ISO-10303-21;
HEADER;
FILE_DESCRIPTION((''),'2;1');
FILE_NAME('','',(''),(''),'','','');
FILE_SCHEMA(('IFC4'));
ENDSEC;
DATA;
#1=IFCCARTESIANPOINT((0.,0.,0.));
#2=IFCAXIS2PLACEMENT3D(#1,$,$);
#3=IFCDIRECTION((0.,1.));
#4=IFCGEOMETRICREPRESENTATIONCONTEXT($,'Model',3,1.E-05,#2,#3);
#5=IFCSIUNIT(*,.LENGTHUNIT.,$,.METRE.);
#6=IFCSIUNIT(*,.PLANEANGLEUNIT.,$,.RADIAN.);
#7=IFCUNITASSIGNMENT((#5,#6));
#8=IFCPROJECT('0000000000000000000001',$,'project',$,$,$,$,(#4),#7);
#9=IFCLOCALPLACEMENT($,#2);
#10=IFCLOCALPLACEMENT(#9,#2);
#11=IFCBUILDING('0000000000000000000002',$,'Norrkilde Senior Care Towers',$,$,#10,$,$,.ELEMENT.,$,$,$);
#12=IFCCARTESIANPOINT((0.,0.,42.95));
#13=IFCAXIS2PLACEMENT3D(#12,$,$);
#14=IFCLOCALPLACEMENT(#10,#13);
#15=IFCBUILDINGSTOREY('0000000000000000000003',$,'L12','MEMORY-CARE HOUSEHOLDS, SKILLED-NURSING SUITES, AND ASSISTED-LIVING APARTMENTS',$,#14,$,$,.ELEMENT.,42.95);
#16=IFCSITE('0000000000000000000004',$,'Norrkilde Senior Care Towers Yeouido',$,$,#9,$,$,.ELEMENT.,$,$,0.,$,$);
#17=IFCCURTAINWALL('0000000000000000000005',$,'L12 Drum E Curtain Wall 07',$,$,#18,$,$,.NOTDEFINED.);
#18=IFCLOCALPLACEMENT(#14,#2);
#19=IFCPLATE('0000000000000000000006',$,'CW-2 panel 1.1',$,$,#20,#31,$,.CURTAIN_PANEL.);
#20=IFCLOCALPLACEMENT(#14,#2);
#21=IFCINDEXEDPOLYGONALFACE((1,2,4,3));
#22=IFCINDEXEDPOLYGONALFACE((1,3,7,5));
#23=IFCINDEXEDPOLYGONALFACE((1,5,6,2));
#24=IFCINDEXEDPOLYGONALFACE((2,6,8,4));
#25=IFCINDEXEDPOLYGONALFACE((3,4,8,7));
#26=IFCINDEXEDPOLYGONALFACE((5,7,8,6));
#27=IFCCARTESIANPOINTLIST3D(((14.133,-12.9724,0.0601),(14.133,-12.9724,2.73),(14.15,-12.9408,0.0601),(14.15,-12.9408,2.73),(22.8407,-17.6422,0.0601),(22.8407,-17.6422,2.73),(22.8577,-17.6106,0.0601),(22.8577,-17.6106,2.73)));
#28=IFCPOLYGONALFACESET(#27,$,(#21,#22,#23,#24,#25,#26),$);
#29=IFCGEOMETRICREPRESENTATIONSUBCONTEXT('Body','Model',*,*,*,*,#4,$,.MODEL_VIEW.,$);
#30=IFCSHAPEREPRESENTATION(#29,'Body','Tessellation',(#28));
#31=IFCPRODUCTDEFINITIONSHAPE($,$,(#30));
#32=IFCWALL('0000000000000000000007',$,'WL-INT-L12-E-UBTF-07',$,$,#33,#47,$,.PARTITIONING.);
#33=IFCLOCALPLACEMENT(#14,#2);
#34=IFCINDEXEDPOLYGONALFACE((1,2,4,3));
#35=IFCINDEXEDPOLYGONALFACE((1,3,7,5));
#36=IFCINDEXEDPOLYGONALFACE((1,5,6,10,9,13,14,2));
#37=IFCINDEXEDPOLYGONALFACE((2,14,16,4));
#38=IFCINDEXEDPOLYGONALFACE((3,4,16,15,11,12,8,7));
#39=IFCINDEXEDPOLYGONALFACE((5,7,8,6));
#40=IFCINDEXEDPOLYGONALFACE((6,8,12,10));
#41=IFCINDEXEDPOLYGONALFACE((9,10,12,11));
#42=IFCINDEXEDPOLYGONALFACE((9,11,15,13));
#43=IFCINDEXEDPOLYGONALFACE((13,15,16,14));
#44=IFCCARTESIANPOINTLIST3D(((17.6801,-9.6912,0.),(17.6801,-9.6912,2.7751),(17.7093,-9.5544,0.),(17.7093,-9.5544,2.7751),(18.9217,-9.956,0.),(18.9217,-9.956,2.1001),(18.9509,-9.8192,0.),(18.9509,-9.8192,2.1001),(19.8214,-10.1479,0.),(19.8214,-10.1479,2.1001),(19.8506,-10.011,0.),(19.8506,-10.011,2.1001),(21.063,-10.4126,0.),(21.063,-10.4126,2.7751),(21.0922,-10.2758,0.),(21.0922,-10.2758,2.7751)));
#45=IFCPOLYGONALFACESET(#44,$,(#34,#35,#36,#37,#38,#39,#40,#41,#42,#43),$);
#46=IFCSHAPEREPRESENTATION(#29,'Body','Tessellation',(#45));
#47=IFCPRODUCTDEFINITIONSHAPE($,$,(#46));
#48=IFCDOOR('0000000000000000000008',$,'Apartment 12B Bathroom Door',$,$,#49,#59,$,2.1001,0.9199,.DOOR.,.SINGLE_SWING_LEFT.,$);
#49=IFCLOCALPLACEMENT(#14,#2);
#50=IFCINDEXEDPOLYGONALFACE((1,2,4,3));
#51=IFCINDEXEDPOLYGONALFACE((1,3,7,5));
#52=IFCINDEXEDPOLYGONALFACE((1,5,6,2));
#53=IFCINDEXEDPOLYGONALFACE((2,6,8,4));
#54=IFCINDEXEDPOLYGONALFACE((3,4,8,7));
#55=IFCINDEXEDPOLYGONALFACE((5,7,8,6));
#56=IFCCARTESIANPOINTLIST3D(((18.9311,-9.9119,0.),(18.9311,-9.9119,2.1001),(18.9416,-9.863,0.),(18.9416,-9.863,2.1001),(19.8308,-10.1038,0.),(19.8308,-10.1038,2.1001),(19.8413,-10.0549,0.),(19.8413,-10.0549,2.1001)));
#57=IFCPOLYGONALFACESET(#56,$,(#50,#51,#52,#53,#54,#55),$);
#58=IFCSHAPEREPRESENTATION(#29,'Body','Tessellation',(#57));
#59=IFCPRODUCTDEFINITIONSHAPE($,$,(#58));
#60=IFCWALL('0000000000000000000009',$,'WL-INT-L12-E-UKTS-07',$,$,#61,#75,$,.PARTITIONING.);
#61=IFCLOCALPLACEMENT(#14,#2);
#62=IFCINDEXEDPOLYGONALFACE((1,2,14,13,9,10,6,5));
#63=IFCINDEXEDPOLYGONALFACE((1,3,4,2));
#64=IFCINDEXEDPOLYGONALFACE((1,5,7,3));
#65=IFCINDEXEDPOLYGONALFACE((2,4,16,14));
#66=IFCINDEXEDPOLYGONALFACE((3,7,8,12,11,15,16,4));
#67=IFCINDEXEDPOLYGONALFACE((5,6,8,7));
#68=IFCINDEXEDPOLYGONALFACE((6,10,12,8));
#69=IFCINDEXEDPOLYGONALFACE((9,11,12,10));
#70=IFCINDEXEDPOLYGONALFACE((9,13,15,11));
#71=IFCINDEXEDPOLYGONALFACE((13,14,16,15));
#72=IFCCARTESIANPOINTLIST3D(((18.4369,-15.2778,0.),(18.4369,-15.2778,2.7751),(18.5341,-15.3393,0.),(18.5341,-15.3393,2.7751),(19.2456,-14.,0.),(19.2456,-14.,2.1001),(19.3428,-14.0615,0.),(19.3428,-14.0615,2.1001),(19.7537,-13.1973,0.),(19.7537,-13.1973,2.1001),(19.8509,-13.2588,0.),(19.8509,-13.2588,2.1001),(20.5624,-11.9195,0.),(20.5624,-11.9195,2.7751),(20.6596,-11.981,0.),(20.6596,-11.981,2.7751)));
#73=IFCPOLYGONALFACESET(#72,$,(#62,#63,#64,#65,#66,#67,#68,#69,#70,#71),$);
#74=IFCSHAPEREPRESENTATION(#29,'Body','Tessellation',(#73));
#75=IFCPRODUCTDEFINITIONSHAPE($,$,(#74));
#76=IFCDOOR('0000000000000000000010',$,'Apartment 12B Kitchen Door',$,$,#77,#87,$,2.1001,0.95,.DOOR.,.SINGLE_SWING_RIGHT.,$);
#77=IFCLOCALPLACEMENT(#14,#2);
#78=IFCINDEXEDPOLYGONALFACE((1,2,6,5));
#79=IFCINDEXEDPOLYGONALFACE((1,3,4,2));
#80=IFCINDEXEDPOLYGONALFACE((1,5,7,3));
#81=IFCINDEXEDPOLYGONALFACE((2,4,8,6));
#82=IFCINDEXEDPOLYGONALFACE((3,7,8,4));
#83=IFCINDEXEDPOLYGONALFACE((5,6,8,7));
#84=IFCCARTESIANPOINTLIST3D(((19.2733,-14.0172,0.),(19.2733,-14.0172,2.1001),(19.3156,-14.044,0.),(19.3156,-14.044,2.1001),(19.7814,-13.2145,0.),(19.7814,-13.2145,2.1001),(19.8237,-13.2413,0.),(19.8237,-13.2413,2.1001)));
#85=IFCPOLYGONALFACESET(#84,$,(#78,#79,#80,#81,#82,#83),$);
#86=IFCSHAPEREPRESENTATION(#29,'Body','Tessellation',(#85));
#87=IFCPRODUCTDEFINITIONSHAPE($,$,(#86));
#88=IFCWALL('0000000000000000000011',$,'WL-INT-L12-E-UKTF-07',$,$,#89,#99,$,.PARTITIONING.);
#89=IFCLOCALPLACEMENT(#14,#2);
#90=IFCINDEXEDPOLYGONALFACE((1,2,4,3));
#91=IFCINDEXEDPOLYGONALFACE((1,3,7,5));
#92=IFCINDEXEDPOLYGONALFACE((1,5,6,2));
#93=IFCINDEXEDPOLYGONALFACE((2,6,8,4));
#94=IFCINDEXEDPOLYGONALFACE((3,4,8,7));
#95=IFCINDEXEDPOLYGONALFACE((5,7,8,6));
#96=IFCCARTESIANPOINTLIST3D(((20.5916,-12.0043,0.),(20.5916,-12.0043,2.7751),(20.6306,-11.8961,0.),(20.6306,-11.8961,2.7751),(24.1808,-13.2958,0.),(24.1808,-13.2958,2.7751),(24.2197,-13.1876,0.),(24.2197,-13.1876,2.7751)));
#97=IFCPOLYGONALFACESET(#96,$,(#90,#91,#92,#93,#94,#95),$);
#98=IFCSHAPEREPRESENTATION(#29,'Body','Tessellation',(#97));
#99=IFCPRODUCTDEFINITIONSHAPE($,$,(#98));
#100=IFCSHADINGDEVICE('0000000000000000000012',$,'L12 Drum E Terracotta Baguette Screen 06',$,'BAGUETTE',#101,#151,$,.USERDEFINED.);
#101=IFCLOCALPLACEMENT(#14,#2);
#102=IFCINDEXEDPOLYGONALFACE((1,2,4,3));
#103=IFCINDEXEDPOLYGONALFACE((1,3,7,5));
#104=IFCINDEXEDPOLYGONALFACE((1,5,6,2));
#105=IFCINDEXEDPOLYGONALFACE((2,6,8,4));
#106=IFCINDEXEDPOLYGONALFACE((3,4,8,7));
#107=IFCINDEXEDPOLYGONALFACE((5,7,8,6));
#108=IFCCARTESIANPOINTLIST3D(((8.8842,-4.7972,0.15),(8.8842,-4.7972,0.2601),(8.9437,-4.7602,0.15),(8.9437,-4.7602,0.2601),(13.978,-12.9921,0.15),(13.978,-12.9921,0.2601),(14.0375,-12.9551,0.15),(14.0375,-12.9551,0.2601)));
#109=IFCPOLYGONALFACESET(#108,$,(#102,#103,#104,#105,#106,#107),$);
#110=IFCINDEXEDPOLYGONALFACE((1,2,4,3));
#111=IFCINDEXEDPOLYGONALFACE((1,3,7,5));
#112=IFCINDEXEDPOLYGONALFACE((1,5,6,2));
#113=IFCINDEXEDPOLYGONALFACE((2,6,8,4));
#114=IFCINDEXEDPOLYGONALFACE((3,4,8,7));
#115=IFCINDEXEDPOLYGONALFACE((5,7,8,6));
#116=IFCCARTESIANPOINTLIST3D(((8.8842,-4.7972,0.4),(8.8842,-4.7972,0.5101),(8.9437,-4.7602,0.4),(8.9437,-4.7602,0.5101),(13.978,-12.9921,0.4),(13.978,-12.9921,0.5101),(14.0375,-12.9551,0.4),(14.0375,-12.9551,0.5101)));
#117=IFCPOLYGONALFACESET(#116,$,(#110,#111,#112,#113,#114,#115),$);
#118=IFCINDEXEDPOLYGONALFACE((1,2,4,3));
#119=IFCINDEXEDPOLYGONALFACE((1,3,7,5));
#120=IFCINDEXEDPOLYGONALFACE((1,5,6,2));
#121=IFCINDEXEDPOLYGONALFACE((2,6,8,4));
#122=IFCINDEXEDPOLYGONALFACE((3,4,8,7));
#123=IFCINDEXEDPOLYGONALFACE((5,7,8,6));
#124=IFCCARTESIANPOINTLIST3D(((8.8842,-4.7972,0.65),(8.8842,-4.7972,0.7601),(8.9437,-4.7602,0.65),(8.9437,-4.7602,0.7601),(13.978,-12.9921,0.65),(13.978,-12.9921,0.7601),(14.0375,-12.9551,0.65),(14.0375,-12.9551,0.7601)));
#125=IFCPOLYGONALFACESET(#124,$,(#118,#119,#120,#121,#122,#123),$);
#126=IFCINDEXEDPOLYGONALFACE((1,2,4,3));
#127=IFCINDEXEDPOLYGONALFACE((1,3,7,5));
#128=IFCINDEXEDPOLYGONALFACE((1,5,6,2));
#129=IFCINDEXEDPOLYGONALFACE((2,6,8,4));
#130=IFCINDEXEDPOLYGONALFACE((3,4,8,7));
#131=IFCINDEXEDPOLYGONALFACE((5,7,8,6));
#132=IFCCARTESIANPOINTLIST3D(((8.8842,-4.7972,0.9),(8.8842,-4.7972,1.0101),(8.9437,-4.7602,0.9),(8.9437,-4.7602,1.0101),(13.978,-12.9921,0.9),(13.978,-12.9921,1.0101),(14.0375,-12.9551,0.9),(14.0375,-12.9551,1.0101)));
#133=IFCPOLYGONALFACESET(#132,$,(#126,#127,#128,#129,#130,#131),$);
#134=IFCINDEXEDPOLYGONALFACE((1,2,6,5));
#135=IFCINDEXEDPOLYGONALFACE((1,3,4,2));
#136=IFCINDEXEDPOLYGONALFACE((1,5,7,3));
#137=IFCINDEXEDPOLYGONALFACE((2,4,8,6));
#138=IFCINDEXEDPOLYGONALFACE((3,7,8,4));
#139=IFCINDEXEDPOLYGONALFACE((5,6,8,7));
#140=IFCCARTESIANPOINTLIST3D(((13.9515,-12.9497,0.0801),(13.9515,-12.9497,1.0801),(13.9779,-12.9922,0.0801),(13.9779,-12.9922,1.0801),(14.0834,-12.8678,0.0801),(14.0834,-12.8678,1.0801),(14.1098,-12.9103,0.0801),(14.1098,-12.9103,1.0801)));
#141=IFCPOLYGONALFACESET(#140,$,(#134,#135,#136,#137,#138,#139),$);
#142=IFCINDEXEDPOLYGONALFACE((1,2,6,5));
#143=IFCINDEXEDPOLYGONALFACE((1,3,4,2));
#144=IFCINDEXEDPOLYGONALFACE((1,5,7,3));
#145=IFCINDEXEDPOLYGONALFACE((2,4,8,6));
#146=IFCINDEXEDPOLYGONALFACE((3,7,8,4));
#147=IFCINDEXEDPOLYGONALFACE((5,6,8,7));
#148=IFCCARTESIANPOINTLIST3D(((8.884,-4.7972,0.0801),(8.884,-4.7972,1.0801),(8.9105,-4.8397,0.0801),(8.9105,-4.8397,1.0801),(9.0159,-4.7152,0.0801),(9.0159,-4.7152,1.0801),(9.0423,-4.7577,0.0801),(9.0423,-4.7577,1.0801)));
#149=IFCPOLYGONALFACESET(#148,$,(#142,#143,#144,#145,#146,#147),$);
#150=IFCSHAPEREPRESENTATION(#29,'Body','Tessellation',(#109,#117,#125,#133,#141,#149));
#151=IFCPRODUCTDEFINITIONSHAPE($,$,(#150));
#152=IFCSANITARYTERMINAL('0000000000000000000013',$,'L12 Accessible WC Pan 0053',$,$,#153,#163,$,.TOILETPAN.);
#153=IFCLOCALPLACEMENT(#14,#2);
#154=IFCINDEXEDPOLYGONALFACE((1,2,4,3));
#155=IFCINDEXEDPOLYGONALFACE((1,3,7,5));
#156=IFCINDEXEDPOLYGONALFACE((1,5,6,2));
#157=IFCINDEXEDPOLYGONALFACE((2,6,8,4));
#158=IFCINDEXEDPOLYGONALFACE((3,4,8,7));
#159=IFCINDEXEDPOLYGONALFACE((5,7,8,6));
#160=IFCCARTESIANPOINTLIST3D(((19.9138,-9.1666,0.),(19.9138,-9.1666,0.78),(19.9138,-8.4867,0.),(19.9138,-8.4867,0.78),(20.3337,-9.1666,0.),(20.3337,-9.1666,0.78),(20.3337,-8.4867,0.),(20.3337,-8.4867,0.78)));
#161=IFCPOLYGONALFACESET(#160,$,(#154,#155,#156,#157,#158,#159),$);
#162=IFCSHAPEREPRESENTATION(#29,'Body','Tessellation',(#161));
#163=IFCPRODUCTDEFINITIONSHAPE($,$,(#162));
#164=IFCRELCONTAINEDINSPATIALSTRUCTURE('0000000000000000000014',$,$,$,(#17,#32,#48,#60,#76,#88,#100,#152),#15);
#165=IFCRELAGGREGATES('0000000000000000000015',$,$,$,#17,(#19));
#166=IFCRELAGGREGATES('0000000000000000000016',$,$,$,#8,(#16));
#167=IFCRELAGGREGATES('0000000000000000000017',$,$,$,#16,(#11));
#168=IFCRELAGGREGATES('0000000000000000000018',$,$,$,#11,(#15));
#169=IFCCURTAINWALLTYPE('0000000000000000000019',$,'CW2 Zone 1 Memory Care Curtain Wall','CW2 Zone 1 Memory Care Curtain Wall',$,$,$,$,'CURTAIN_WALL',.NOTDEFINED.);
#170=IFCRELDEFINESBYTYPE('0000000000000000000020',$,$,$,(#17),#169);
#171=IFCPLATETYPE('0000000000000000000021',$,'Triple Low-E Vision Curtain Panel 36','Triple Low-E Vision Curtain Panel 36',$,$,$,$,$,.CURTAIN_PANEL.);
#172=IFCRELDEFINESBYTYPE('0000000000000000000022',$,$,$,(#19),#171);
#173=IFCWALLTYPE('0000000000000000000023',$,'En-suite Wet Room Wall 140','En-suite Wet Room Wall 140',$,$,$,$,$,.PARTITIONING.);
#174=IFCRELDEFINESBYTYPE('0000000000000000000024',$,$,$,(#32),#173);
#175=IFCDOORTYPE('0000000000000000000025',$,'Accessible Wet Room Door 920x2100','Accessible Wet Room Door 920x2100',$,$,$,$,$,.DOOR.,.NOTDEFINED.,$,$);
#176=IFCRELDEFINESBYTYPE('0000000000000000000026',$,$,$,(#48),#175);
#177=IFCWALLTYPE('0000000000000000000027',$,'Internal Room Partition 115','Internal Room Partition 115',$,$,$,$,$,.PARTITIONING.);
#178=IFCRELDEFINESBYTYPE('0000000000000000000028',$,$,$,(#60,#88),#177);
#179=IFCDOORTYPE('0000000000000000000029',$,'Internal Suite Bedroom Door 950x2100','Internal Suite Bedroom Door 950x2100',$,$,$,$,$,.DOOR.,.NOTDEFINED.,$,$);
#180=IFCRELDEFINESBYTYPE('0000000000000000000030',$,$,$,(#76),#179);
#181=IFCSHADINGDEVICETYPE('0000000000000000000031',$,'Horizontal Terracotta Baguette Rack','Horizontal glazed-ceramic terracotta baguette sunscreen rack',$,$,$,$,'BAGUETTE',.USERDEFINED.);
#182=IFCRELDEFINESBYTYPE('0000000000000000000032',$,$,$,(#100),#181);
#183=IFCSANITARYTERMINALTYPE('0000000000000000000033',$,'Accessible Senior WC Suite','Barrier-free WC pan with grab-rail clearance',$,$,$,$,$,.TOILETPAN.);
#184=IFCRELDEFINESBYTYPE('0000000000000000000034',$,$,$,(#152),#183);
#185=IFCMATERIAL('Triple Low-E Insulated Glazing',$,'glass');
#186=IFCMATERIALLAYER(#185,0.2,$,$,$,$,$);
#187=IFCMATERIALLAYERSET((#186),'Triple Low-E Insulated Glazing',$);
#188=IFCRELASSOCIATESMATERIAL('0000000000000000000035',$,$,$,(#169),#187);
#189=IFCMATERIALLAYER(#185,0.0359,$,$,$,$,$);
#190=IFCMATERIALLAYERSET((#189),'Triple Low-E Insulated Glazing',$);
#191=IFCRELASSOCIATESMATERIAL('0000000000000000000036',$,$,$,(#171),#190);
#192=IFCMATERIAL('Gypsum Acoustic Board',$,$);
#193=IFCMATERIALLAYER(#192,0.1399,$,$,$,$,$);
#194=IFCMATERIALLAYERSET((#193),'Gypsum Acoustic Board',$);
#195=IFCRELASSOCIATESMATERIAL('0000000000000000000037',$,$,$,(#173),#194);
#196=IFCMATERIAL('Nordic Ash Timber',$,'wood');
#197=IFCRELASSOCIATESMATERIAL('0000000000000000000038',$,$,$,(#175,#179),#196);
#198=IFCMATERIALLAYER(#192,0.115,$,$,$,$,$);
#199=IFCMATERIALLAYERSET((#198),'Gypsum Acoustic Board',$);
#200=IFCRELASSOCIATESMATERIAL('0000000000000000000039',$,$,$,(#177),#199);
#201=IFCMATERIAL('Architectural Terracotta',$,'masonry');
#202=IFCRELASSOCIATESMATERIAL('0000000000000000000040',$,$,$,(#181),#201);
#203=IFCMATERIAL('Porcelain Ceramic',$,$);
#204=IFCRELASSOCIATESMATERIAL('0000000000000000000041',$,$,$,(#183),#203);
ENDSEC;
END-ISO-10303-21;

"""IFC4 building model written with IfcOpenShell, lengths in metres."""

from ifc_helpers import new_model, si_unit, direction, frame, frame_2d, origin, origin_2d, place, context, subcontext, project, spatial, rectangle, extrude, source, transform, mapped, material, layer, layer_set, type_object, type_shapes, element, fill, aggregate, save


model = new_model("IFC4")

# Units and contexts
model_context = context("Model", 3, precision=1e-05, world=origin(), true_north=direction((0.0, 1.0)))
body_context = subcontext(model_context, "Body", "Model", "MODEL_VIEW")
ifc_project = project(units=[si_unit("LENGTHUNIT", "METRE"), si_unit("PLANEANGLEUNIT", "RADIAN")], contexts=[model_context])

# Site, building, storey
site_placement = place(None, origin())
site = spatial("IfcSite", under=ifc_project, at=site_placement, Name="Norrkilde Senior Care Towers Yeouido", CompositionType="ELEMENT", RefElevation=0.0)
building_placement = place(site_placement, origin())
building = spatial("IfcBuilding", under=site, at=building_placement, Name="Norrkilde Senior Care Towers", CompositionType="ELEMENT")
storey_placement = place(building_placement, frame((0.0, 0.0, 42.95)))
storey = spatial("IfcBuildingStorey", under=building, at=storey_placement, Name="L12", Description="MEMORY-CARE HOUSEHOLDS, SKILLED-NURSING SUITES, AND ASSISTED-LIVING APARTMENTS", CompositionType="ELEMENT", Elevation=42.95)

# Curtain wall
ifc_material_1 = material(Name="Triple Low-E Insulated Glazing", Category="glass")
ifc_layer_1 = layer(ifc_material_1, 0.2)
ifc_layer_set_1 = layer_set([ifc_layer_1], Name="Triple Low-E Insulated Glazing")
curtain_wall_type = type_object("IfcCurtainWallType", Name="CW2 Zone 1 Memory Care Curtain Wall", Description="CW2 Zone 1 Memory Care Curtain Wall", ElementType="CURTAIN_WALL", PredefinedType="NOTDEFINED", material=ifc_layer_set_1)
curtain_wall_1_placement = place(storey_placement, origin())
curtain_wall_1 = element("IfcCurtainWall", 1, at=curtain_wall_1_placement, inside=storey, type_object=curtain_wall_type, Name="L12 Drum E Curtain Wall 07", PredefinedType="NOTDEFINED")

# Plate
ifc_layer_2 = layer(ifc_material_1, 0.0359)
ifc_layer_set_2 = layer_set([ifc_layer_2], Name="Triple Low-E Insulated Glazing")
plate_type = type_object("IfcPlateType", Name="Triple Low-E Vision Curtain Panel 36", Description="Triple Low-E Vision Curtain Panel 36", PredefinedType="CURTAIN_PANEL", material=ifc_layer_set_2)
shared_shape_1 = source(origin(), body_context, "Body", "SweptSolid", [
    extrude(rectangle(XDim=9.8809, YDim=0.0359, at=origin_2d()), origin(), (0.0, 0.0, 1.0), 2.6699),
])
type_shapes(plate_type, [shared_shape_1])
plate_placement = place(storey_placement, frame((18.4954, -15.2915, 0.0601), z_axis=(0.0, 0.0, 1.0), x_axis=(-0.881273, 0.472608, 0.0)))
plate = element("IfcPlate", 2, at=plate_placement, type_object=plate_type, Name="CW-2 panel 1.1", PredefinedType="CURTAIN_PANEL", context=body_context, shape_type="MappedRepresentation", body=[
    mapped(shared_shape_1, transform((0.0, 0.0, 0.0), x_axis=(1.0, 0.0, 0.0), y_axis=(0.0, 1.0, 0.0), z_axis=(0.0, 0.0, 1.0), scale=1.0)),
])
aggregate(curtain_wall_1, [plate])

# Walls, openings, doors
ifc_material_2 = material(Name="Gypsum Acoustic Board")
ifc_layer_3 = layer(ifc_material_2, 0.1399)
ifc_layer_set_3 = layer_set([ifc_layer_3], Name="Gypsum Acoustic Board")
wall_type_1 = type_object("IfcWallType", Name="En-suite Wet Room Wall 140", Description="En-suite Wet Room Wall 140", PredefinedType="PARTITIONING", material=ifc_layer_set_3)
shared_shape_2 = source(origin(), body_context, "Body", "SweptSolid", [
    extrude(rectangle(XDim=3.459, YDim=0.1399, at=frame_2d((1.7295, 0.0))), origin(), (0.0, 0.0, 1.0), 2.7751),
])
type_shapes(wall_type_1, [shared_shape_2])
wall_1_placement = place(storey_placement, frame((21.0776, -10.3442, 0.0), z_axis=(0.0, 0.0, 1.0), x_axis=(-0.978006, 0.208575, 0.0)))
wall_1 = element("IfcWall", 3, at=wall_1_placement, inside=storey, type_object=wall_type_1, Name="WL-INT-L12-E-UBTF-07", PredefinedType="PARTITIONING", context=body_context, shape_type="MappedRepresentation", body=[
    mapped(shared_shape_2, transform((0.0, 0.0, 0.0), x_axis=(1.0, 0.0, 0.0), y_axis=(0.0, 1.0, 0.0), z_axis=(0.0, 0.0, 1.0), scale=1.0)),
])
opening_1_placement = place(wall_1_placement, frame((1.2695, 0.0, 0.0)))
opening_1 = element("IfcOpeningElement", 4, at=opening_1_placement, cuts=wall_1, PredefinedType="OPENING", context=body_context, shape_type="SweptSolid", body=[
    extrude(rectangle(XDim=0.9199, YDim=2.1001, at=frame_2d((0.46, 1.05))), frame((0.0, 0.0798, 0.0), z_axis=(0.0, -1.0, 0.0), x_axis=(1.0, 0.0, 0.0)), (0.0, 0.0, 1.0), 0.1599),
])
ifc_material_3 = material(Name="Nordic Ash Timber", Category="wood")
door_type_1 = type_object("IfcDoorType", Name="Accessible Wet Room Door 920x2100", Description="Accessible Wet Room Door 920x2100", OperationType="NOTDEFINED", PredefinedType="DOOR", material=ifc_material_3)
shared_shape_3 = source(origin(), body_context, "Body", "SweptSolid", [
    extrude(rectangle(XDim=0.9199, YDim=2.1001, at=frame_2d((0.46, 1.05))), frame((0.0, 0.0249, 0.0), z_axis=(0.0, -1.0, 0.0), x_axis=(1.0, 0.0, 0.0)), (0.0, 0.0, 1.0), 0.05),
])
type_shapes(door_type_1, [shared_shape_3])
door_1_placement = place(opening_1_placement, origin())
door_1 = element("IfcDoor", 5, at=door_1_placement, inside=storey, type_object=door_type_1, Name="Apartment 12B Bathroom Door", OperationType="SINGLE_SWING_LEFT", OverallHeight=2.1001, OverallWidth=0.9199, PredefinedType="DOOR", context=body_context, shape_type="MappedRepresentation", body=[
    mapped(shared_shape_3, transform((0.0, 0.0, 0.0), x_axis=(1.0, 0.0, 0.0), y_axis=(0.0, 1.0, 0.0), z_axis=(0.0, 0.0, 1.0), scale=1.0)),
])
fill(opening_1, door_1)
ifc_layer_4 = layer(ifc_material_2, 0.115)
ifc_layer_set_4 = layer_set([ifc_layer_4], Name="Gypsum Acoustic Board")
wall_type_2 = type_object("IfcWallType", Name="Internal Room Partition 115", Description="Internal Room Partition 115", PredefinedType="PARTITIONING", material=ifc_layer_set_4)
shared_shape_4 = source(origin(), body_context, "Body", "SweptSolid", [
    extrude(rectangle(XDim=3.9744, YDim=0.115, at=frame_2d((1.9873, 0.0))), origin(), (0.0, 0.0, 1.0), 2.7751),
])
wall_2_placement = place(storey_placement, frame((20.6111, -11.9502, 0.0), z_axis=(0.0, 0.0, 1.0), x_axis=(-0.534811, -0.844972, 0.0)))
wall_2 = element("IfcWall", 6, at=wall_2_placement, inside=storey, type_object=wall_type_2, Name="WL-INT-L12-E-UKTS-07", PredefinedType="PARTITIONING", context=body_context, shape_type="MappedRepresentation", body=[
    mapped(shared_shape_4, transform((0.0, 0.0, 0.0), x_axis=(1.0, 0.0, 0.0), y_axis=(0.0, 1.0, 0.0), z_axis=(0.0, 0.0, 1.0), scale=1.0)),
])
opening_2_placement = place(wall_2_placement, frame((1.5122, 0.0, 0.0)))
opening_2 = element("IfcOpeningElement", 7, at=opening_2_placement, cuts=wall_2, PredefinedType="OPENING", context=body_context, shape_type="SweptSolid", body=[
    extrude(rectangle(XDim=0.95, YDim=2.1001, at=frame_2d((0.4751, 1.05))), frame((0.0, 0.0674, 0.0), z_axis=(0.0, -1.0, 0.0), x_axis=(1.0, 0.0, 0.0)), (0.0, 0.0, 1.0), 0.135),
])
door_type_2 = type_object("IfcDoorType", Name="Internal Suite Bedroom Door 950x2100", Description="Internal Suite Bedroom Door 950x2100", OperationType="NOTDEFINED", PredefinedType="DOOR", material=ifc_material_3)
shared_shape_5 = source(origin(), body_context, "Body", "SweptSolid", [
    extrude(rectangle(XDim=0.95, YDim=2.1001, at=frame_2d((0.4751, 1.05))), frame((0.0, 0.0249, 0.0), z_axis=(0.0, -1.0, 0.0), x_axis=(1.0, 0.0, 0.0)), (0.0, 0.0, 1.0), 0.05),
])
type_shapes(door_type_2, [shared_shape_5])
door_2_placement = place(opening_2_placement, frame((0.95, 0.0, 0.0), z_axis=(0.0, 0.0, 1.0), x_axis=(-1.0, 0.0, 0.0)))
door_2 = element("IfcDoor", 8, at=door_2_placement, inside=storey, type_object=door_type_2, Name="Apartment 12B Kitchen Door", OperationType="SINGLE_SWING_RIGHT", OverallHeight=2.1001, OverallWidth=0.95, PredefinedType="DOOR", context=body_context, shape_type="MappedRepresentation", body=[
    mapped(shared_shape_5, transform((0.0, 0.0, 0.0), x_axis=(1.0, 0.0, 0.0), y_axis=(0.0, 1.0, 0.0), z_axis=(0.0, 0.0, 1.0), scale=1.0)),
])
fill(opening_2, door_2)

# Wall
shared_shape_6 = source(origin(), body_context, "Body", "SweptSolid", [
    extrude(rectangle(XDim=3.8145, YDim=0.115, at=frame_2d((1.9072, 0.0))), origin(), (0.0, 0.0, 1.0), 2.7751),
])
type_shapes(wall_type_2, [shared_shape_4, shared_shape_6])
wall_3_placement = place(storey_placement, frame((20.6111, -11.9502, 0.0), z_axis=(0.0, 0.0, 1.0), x_axis=(0.940936, -0.338586, 0.0)))
element("IfcWall", 9, at=wall_3_placement, inside=storey, type_object=wall_type_2, Name="WL-INT-L12-E-UKTF-07", PredefinedType="PARTITIONING", context=body_context, shape_type="MappedRepresentation", body=[
    mapped(shared_shape_6, transform((0.0, 0.0, 0.0), x_axis=(1.0, 0.0, 0.0), y_axis=(0.0, 1.0, 0.0), z_axis=(0.0, 0.0, 1.0), scale=1.0)),
])

# Shading device
ifc_material_4 = material(Name="Architectural Terracotta", Category="masonry")
shading_device_type = type_object("IfcShadingDeviceType", Name="Horizontal Terracotta Baguette Rack", Description="Horizontal glazed-ceramic terracotta baguette sunscreen rack", ElementType="BAGUETTE", PredefinedType="USERDEFINED", material=ifc_material_4)
shared_shape_7 = source(origin(), body_context, "Body", "SweptSolid", [
    extrude(rectangle(XDim=0.0701, YDim=0.1101, at=origin_2d()), frame((0.0, 0.0901, 0.125), z_axis=(1.0, 0.0, 0.0), x_axis=(0.0, 1.0, 0.0)), (0.0, 0.0, 1.0), 9.6489),
    extrude(rectangle(XDim=0.0701, YDim=0.1101, at=origin_2d()), frame((0.0, 0.0901, 0.375), z_axis=(1.0, 0.0, 0.0), x_axis=(0.0, 1.0, 0.0)), (0.0, 0.0, 1.0), 9.6489),
    extrude(rectangle(XDim=0.0701, YDim=0.1101, at=origin_2d()), frame((0.0, 0.0901, 0.625), z_axis=(1.0, 0.0, 0.0), x_axis=(0.0, 1.0, 0.0)), (0.0, 0.0, 1.0), 9.6489),
    extrude(rectangle(XDim=0.0701, YDim=0.1101, at=origin_2d()), frame((0.0, 0.0901, 0.875), z_axis=(1.0, 0.0, 0.0), x_axis=(0.0, 1.0, 0.0)), (0.0, 0.0, 1.0), 9.6489),
    extrude(rectangle(XDim=0.05, YDim=0.1553, at=origin_2d()), frame((0.0249, 0.0476, 0.0)), (0.0, 0.0, 1.0), 1.0),
    extrude(rectangle(XDim=0.05, YDim=0.1553, at=origin_2d()), frame((9.624, 0.0476, 0.0)), (0.0, 0.0, 1.0), 1.0),
])
type_shapes(shading_device_type, [shared_shape_7])
shading_device_placement = place(storey_placement, frame((14.0842, -12.926, 0.0801), z_axis=(0.0, 0.0, 1.0), x_axis=(-0.527909, 0.849299, 0.0)))
element("IfcShadingDevice", 10, at=shading_device_placement, inside=storey, type_object=shading_device_type, Name="L12 Drum E Terracotta Baguette Screen 06", ObjectType="BAGUETTE", PredefinedType="USERDEFINED", context=body_context, shape_type="MappedRepresentation", body=[
    mapped(shared_shape_7, transform((0.0, 0.0, 0.0), x_axis=(1.0, 0.0, 0.0), y_axis=(0.0, 1.0, 0.0), z_axis=(0.0, 0.0, 1.0), scale=1.0)),
])

# Sanitary terminal
ifc_material_5 = material(Name="Porcelain Ceramic")
sanitary_terminal_type_1 = type_object("IfcSanitaryTerminalType", Name="Accessible Senior WC Suite", Description="Barrier-free WC pan with grab-rail clearance", PredefinedType="TOILETPAN", material=ifc_material_5)
shared_shape_8 = source(origin(), body_context, "Body", "SweptSolid", [
    extrude(rectangle(XDim=0.4199, YDim=0.6799, at=origin_2d()), origin(), (0.0, 0.0, 1.0), 0.78),
])
type_shapes(sanitary_terminal_type_1, [shared_shape_8])
sanitary_terminal_1_placement = place(storey_placement, frame((20.1238, -8.8267, 0.0), z_axis=(0.0, 0.0, 1.0), x_axis=(1.0, 0.0, 0.0)))
element("IfcSanitaryTerminal", 11, at=sanitary_terminal_1_placement, inside=storey, type_object=sanitary_terminal_type_1, Name="L12 Accessible WC Pan 0053", PredefinedType="TOILETPAN", context=body_context, shape_type="MappedRepresentation", body=[
    mapped(shared_shape_8, transform((0.0, 0.0, 0.0), x_axis=(1.0, 0.0, 0.0), y_axis=(0.0, 1.0, 0.0), z_axis=(0.0, 0.0, 1.0), scale=1.0)),
])

save(model, "model.ifc")
